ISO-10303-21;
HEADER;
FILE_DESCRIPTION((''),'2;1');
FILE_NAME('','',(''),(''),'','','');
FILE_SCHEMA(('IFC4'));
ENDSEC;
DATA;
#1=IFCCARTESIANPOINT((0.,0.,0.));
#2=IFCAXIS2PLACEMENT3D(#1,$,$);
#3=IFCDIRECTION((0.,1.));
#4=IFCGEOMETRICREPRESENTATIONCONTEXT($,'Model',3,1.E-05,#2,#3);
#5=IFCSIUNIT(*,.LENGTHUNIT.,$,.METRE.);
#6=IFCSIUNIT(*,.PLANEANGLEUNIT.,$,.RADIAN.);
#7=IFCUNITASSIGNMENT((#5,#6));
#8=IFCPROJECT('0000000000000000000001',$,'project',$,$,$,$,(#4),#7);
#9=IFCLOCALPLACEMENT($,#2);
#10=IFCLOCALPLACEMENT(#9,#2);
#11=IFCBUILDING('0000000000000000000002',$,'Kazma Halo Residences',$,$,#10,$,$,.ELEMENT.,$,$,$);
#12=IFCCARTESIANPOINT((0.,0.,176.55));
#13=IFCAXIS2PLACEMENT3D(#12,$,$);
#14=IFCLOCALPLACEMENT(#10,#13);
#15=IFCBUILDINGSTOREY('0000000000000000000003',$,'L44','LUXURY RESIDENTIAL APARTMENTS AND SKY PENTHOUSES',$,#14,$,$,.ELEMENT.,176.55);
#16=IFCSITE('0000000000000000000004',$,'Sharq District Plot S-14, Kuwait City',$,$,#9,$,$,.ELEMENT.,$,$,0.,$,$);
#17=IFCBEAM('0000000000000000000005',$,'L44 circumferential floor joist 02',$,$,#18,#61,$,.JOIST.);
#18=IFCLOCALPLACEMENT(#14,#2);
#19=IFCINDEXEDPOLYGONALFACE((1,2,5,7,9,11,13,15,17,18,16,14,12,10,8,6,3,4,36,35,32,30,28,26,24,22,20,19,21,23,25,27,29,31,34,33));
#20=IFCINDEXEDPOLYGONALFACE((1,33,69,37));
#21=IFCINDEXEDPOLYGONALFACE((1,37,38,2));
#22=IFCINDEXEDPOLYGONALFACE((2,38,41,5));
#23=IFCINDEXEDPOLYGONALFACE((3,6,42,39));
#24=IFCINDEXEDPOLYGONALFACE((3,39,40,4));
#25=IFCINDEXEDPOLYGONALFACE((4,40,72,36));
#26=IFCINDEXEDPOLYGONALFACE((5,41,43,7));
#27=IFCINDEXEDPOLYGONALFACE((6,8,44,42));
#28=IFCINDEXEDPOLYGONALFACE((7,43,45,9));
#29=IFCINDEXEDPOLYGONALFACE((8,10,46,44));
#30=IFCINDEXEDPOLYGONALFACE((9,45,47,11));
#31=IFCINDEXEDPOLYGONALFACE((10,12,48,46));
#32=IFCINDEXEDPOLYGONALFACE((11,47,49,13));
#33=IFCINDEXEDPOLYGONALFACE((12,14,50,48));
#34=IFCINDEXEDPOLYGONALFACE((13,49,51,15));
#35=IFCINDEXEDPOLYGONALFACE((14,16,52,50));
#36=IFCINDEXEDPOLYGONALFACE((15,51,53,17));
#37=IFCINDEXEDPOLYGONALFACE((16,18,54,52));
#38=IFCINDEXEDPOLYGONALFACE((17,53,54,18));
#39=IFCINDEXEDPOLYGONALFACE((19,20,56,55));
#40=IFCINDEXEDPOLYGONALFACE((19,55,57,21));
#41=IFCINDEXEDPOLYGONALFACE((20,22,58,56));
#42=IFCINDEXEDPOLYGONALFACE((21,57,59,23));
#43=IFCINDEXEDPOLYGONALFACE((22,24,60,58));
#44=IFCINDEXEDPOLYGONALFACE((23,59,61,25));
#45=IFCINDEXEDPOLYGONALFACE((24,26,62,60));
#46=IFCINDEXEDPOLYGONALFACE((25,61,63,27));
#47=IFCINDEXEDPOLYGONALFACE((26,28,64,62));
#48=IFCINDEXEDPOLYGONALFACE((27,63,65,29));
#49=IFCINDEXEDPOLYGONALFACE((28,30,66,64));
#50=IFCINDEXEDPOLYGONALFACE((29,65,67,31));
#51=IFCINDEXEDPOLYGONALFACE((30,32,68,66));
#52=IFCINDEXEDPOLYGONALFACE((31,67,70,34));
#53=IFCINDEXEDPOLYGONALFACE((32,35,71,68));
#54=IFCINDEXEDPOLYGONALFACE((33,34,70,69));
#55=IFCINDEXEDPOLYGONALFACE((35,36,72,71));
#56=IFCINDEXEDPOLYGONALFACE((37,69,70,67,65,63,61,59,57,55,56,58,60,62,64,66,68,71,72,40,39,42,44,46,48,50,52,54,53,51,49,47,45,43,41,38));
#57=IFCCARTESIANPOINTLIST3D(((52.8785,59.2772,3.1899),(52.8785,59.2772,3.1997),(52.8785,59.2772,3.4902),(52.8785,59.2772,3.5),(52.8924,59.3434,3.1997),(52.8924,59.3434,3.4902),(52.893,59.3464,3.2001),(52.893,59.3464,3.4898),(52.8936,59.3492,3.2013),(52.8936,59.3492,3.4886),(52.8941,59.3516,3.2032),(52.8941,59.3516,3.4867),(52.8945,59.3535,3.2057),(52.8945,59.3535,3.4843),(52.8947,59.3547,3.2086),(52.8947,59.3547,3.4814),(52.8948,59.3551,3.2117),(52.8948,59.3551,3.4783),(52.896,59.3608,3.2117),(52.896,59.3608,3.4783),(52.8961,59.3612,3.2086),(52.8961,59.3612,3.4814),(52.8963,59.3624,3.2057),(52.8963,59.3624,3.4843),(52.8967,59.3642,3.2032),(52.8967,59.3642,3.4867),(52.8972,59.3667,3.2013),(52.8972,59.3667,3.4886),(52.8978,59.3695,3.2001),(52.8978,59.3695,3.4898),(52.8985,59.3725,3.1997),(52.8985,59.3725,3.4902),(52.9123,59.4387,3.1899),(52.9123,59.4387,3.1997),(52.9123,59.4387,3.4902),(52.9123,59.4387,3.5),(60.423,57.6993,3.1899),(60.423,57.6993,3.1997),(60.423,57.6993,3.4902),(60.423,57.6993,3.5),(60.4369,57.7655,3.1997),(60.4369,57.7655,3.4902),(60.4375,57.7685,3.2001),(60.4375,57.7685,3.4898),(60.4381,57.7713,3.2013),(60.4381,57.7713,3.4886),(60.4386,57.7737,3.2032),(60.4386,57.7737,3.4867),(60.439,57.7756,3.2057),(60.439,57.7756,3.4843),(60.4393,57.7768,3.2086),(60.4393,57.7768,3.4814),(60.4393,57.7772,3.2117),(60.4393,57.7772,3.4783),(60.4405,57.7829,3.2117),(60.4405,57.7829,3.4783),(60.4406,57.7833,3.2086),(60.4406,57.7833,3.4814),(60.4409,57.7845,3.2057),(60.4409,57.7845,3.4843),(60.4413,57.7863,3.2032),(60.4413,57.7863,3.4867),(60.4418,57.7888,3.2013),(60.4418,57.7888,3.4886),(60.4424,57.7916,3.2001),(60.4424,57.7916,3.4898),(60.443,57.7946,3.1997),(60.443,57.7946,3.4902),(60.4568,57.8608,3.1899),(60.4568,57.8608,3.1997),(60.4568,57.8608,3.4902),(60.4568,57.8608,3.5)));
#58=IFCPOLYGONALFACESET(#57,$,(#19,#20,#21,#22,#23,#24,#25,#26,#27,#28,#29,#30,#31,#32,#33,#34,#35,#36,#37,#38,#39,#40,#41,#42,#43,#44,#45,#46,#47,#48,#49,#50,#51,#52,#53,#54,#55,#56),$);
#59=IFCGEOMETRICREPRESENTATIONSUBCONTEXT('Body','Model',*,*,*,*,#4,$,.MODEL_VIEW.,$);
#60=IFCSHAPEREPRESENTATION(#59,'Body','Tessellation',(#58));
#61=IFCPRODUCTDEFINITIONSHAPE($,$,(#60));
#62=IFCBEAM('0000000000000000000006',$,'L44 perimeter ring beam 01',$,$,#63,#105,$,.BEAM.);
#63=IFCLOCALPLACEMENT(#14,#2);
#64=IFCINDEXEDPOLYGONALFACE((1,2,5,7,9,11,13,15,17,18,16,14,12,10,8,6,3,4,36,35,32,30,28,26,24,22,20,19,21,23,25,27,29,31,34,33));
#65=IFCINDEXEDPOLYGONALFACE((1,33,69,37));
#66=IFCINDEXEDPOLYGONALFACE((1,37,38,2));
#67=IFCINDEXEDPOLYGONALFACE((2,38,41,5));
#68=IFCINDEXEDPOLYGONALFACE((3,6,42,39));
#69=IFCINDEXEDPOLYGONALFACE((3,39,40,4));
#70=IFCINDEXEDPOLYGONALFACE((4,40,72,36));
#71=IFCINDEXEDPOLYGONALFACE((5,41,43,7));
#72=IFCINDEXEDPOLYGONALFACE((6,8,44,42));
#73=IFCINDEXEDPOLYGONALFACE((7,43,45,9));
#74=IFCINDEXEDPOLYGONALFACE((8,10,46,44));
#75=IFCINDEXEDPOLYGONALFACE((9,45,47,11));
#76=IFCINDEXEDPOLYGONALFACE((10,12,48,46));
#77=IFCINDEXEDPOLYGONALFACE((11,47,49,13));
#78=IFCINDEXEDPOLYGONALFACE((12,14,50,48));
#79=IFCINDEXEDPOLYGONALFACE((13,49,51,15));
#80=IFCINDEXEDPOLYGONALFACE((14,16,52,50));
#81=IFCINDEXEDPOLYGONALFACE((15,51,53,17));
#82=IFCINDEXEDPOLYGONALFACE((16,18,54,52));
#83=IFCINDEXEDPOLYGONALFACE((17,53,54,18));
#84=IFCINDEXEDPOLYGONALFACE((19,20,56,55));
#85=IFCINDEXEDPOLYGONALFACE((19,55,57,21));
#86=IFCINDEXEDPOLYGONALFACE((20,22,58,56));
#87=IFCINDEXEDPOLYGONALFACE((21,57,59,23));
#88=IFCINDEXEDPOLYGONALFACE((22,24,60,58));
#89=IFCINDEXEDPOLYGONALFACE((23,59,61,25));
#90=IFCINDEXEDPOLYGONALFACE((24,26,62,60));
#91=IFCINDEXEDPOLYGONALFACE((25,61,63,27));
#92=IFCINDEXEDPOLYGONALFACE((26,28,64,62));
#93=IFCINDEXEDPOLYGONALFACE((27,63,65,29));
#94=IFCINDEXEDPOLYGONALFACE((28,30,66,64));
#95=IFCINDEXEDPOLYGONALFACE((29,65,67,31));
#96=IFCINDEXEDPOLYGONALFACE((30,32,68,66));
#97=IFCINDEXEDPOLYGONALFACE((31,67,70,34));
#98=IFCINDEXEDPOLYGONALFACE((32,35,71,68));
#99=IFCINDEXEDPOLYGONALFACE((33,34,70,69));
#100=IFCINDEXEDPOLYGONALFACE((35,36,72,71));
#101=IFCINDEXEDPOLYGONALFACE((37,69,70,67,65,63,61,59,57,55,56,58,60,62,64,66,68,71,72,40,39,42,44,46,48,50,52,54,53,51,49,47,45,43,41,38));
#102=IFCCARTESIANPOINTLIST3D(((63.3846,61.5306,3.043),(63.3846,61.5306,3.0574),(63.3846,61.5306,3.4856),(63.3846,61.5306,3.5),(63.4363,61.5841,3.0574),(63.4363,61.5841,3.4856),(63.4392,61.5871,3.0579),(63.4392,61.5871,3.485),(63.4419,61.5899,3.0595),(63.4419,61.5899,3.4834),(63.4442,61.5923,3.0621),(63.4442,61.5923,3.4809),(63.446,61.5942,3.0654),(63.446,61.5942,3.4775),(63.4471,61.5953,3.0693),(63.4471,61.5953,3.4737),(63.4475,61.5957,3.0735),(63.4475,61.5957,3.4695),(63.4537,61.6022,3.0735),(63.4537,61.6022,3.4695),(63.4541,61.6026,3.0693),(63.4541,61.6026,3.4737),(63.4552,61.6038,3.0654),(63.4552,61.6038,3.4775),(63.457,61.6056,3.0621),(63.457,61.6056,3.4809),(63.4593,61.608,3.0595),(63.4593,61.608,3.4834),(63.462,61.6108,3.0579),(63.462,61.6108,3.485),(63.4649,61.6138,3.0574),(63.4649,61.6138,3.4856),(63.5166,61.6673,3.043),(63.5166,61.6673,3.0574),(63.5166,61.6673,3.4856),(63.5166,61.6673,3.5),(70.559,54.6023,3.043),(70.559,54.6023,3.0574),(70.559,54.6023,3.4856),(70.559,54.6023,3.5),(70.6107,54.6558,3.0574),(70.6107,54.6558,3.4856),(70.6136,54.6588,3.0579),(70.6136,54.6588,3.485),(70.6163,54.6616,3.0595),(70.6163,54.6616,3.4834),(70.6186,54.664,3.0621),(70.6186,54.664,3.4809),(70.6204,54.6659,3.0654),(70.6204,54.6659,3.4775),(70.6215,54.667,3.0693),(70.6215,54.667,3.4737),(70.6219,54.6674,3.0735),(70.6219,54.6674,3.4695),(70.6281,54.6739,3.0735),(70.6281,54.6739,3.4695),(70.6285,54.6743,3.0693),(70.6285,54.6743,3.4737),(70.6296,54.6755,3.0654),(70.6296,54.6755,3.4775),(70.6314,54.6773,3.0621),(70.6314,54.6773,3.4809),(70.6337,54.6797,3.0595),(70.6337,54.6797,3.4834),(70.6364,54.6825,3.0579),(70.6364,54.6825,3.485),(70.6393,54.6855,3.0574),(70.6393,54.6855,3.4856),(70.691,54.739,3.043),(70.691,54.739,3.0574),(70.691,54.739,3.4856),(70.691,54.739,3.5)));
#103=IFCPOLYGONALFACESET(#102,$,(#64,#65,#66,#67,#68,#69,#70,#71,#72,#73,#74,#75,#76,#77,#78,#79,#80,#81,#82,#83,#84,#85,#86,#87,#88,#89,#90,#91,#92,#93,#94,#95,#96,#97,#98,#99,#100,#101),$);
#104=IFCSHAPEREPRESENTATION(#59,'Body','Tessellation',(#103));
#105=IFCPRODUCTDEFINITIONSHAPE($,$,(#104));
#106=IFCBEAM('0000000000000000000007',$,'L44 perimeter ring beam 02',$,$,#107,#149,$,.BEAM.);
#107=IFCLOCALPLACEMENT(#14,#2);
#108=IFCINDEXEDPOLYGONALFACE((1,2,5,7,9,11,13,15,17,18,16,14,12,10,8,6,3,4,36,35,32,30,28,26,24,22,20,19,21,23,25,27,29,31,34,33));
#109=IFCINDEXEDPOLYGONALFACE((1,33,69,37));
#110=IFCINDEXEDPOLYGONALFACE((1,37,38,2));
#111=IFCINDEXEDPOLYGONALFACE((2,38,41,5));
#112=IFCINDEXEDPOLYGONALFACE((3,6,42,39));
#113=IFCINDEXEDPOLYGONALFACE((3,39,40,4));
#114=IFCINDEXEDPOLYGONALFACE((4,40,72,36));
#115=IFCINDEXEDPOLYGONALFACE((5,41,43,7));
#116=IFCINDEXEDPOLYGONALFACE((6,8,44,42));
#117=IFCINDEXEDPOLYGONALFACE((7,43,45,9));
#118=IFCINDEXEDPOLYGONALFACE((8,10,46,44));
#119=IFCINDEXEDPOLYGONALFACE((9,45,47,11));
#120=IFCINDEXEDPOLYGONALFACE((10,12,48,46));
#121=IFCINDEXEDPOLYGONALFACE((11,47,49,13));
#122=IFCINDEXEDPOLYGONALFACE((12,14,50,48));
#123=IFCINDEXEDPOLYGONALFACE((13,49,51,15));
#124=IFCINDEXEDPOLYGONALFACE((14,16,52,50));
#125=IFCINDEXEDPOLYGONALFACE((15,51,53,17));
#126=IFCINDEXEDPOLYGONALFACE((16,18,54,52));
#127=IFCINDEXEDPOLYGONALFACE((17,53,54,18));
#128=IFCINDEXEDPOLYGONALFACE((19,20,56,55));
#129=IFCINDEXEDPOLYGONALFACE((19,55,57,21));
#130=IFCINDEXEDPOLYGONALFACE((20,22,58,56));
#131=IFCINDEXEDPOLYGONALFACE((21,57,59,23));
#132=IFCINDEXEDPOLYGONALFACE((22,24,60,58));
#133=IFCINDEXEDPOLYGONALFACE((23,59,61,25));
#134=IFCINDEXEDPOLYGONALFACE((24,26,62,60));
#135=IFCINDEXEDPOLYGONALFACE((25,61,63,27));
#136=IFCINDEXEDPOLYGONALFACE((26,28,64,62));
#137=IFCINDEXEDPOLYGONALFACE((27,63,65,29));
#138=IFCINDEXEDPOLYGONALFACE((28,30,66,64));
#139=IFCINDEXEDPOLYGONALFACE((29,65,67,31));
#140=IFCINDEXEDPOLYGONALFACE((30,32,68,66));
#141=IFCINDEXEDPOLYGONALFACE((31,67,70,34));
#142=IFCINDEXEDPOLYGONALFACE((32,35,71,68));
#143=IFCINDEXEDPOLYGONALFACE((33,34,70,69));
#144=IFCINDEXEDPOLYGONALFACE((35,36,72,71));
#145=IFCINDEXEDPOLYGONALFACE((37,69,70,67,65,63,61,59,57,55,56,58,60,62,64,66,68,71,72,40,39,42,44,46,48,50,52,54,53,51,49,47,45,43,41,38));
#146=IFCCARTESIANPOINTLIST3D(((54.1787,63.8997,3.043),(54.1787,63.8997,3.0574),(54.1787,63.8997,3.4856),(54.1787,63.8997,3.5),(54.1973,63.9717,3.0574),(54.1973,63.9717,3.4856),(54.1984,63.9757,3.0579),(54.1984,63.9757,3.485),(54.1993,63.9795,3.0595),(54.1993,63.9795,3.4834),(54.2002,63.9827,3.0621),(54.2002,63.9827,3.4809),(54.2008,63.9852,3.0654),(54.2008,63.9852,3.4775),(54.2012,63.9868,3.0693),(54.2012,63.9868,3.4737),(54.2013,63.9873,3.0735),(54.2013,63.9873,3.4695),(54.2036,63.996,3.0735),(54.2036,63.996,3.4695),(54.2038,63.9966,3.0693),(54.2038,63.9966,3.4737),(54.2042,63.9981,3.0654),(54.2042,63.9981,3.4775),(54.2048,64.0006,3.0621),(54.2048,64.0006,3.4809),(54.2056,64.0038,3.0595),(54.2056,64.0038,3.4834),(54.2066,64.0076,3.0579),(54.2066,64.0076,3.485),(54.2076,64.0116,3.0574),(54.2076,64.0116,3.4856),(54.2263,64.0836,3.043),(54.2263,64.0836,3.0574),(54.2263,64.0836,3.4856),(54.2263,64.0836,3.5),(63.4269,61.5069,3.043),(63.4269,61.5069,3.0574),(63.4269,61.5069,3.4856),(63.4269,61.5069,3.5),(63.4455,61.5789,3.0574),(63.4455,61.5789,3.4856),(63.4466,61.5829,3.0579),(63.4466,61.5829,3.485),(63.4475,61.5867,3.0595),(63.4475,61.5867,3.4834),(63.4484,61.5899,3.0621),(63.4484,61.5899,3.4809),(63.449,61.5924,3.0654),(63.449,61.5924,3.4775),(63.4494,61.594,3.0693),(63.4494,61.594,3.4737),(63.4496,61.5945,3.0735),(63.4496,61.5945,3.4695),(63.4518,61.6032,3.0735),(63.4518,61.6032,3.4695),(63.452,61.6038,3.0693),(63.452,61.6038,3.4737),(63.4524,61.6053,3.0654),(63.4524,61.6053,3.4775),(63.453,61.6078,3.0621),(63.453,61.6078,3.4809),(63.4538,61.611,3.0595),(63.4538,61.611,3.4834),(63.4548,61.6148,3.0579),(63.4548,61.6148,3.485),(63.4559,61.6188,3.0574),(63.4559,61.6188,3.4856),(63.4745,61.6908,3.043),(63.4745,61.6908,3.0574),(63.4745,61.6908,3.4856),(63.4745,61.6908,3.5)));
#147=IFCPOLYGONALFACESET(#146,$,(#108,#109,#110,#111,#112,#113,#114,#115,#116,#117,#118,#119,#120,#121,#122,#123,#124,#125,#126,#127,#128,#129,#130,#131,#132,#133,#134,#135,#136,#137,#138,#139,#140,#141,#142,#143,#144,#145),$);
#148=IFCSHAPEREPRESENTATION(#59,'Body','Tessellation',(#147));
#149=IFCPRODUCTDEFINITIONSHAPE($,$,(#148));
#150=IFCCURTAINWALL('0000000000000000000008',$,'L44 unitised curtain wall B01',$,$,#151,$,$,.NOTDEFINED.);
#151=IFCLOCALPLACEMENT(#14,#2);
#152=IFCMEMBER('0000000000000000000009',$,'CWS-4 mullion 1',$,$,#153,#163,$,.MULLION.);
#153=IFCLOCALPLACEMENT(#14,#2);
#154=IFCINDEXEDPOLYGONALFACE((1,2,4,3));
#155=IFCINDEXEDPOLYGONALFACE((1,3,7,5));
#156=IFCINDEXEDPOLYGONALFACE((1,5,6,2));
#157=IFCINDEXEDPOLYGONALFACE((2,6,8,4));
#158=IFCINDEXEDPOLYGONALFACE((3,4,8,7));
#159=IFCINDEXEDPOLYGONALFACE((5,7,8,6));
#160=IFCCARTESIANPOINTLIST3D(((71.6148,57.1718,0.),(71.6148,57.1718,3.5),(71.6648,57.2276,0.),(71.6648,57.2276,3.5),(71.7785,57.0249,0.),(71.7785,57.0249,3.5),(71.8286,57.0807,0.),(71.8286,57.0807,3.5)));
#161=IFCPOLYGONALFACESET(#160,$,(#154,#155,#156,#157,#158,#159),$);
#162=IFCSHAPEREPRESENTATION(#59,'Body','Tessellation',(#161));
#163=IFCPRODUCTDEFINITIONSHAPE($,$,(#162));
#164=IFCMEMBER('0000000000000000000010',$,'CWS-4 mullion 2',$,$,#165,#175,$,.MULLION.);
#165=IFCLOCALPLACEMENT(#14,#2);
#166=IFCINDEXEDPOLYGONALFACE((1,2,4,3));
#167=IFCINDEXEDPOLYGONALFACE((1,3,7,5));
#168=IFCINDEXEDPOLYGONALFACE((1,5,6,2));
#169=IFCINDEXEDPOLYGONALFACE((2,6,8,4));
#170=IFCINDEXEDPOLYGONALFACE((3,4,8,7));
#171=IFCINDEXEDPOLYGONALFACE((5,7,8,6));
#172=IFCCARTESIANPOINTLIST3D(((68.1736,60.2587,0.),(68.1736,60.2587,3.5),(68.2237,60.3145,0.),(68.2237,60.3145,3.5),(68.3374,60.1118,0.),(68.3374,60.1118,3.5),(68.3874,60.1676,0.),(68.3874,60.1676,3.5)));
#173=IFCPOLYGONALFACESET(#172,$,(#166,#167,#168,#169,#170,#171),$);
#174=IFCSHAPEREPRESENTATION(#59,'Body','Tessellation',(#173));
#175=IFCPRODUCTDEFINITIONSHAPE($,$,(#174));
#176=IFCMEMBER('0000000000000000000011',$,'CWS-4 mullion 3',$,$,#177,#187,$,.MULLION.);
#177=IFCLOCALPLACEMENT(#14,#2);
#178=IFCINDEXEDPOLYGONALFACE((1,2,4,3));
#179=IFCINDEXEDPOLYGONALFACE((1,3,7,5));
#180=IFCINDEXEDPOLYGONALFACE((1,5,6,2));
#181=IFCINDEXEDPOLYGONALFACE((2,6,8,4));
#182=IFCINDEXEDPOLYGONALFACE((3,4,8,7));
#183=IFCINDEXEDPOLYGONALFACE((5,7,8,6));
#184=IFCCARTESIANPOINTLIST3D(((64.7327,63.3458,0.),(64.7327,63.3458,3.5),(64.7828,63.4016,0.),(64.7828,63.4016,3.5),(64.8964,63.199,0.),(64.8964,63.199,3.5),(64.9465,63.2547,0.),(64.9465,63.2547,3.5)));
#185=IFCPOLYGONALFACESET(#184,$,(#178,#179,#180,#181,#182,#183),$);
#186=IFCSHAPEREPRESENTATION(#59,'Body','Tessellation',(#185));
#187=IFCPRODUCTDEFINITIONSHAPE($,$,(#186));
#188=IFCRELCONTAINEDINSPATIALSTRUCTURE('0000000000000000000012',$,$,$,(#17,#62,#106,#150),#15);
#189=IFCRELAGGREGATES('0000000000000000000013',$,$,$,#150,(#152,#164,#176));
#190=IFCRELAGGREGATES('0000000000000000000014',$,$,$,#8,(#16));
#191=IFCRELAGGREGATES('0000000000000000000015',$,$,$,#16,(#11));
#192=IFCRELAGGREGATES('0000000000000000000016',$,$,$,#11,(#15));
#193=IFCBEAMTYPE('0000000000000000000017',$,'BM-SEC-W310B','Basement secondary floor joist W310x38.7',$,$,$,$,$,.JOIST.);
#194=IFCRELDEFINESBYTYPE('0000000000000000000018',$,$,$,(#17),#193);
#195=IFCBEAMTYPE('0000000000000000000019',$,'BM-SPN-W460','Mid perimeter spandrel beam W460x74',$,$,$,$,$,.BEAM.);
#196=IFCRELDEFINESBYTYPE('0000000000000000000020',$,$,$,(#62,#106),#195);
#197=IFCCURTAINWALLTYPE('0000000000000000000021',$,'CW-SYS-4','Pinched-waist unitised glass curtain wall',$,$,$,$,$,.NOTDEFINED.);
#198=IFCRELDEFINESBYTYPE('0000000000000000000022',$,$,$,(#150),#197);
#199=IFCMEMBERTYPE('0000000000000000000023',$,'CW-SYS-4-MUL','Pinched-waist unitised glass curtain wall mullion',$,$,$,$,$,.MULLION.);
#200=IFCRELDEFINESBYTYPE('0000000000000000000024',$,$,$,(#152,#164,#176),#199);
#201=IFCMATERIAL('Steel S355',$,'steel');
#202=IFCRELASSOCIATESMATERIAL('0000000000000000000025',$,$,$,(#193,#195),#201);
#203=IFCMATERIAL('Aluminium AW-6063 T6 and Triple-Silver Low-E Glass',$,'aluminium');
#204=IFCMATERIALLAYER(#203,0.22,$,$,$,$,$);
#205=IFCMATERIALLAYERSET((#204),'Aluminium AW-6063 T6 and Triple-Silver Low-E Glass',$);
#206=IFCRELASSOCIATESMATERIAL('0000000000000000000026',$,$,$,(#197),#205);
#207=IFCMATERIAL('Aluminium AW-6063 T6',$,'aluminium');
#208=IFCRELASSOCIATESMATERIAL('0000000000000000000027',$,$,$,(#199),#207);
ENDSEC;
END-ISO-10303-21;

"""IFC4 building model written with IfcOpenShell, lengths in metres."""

from ifc_helpers import new_model, si_unit, direction, frame, origin, origin_2d, place, context, subcontext, project, spatial, rectangle, i_section, extrude, material, layer, layer_set, material_profile, profile_set, type_object, element, aggregate, save


model = new_model("IFC4")

# Units and contexts
model_context = context("Model", 3, precision=1e-05, world=origin(), true_north=direction((0.0, 1.0)))
body_context = subcontext(model_context, "Body", "Model", "MODEL_VIEW")
ifc_project = project(units=[si_unit("LENGTHUNIT", "METRE"), si_unit("PLANEANGLEUNIT", "RADIAN")], contexts=[model_context])

# Site, building, storey
site_placement = place(None, origin())
site = spatial("IfcSite", under=ifc_project, at=site_placement, Name="Sharq District Plot S-14, Kuwait City", CompositionType="ELEMENT", RefElevation=0.0)
building_placement = place(site_placement, origin())
building = spatial("IfcBuilding", under=site, at=building_placement, Name="Kazma Halo Residences", CompositionType="ELEMENT")
storey_placement = place(building_placement, frame((0.0, 0.0, 176.55)))
storey = spatial("IfcBuildingStorey", under=building, at=storey_placement, Name="L44", Description="LUXURY RESIDENTIAL APARTMENTS AND SKY PENTHOUSES", CompositionType="ELEMENT", Elevation=176.55)

# Beams
ifc_material_1 = material(Name="Steel S355", Category="steel")
ifc_material_profile_1 = material_profile(ifc_material_1, i_section(OverallWidth=0.165, OverallDepth=0.3101, WebThickness=0.0059, FlangeThickness=0.0098, FilletRadius=0.012, at=origin_2d()), Name="W310x38.7")
ifc_profile_set_1 = profile_set([ifc_material_profile_1], Name="Steel S355")
beam_type_1 = type_object("IfcBeamType", Name="BM-SEC-W310B", Description="Basement secondary floor joist W310x38.7", PredefinedType="JOIST", material=ifc_profile_set_1)
beam_1_placement = place(storey_placement, frame((60.4399, 57.78, 3.345), z_axis=(-0.978821, 0.204716, 0.0), x_axis=(-0.204716, -0.978821, 0.0)))
element("IfcBeam", 1, at=beam_1_placement, inside=storey, type_object=beam_type_1, Name="L44 circumferential floor joist 02", PredefinedType="JOIST", context=body_context, shape_type="SweptSolid", body=[
    extrude(i_section(OverallWidth=0.165, OverallDepth=0.3101, WebThickness=0.0059, FlangeThickness=0.0098, FilletRadius=0.012, at=origin_2d()), origin(), (0.0, 0.0, 1.0), 7.7078),
])
ifc_material_profile_2 = material_profile(ifc_material_1, i_section(OverallWidth=0.1899, OverallDepth=0.457, WebThickness=0.009, FlangeThickness=0.0144, FilletRadius=0.0161, at=origin_2d()), Name="W460x74")
ifc_profile_set_2 = profile_set([ifc_material_profile_2], Name="Steel S355")
beam_type_2 = type_object("IfcBeamType", Name="BM-SPN-W460", Description="Mid perimeter spandrel beam W460x74", PredefinedType="BEAM", material=ifc_profile_set_2)
beam_2_placement = place(storey_placement, frame((70.625, 54.6707, 3.2715), z_axis=(-0.719337, 0.694662, 0.0), x_axis=(-0.694662, -0.719337, 0.0)))
element("IfcBeam", 2, at=beam_2_placement, inside=storey, type_object=beam_type_2, Name="L44 perimeter ring beam 01", PredefinedType="BEAM", context=body_context, shape_type="SweptSolid", body=[
    extrude(i_section(OverallWidth=0.1899, OverallDepth=0.457, WebThickness=0.009, FlangeThickness=0.0144, FilletRadius=0.0161, at=origin_2d()), origin(), (0.0, 0.0, 1.0), 9.9736),
])
beam_3_placement = place(storey_placement, frame((63.4507, 61.5989, 3.2715), z_axis=(-0.968121, 0.250483, 0.0), x_axis=(-0.250483, -0.968121, 0.0)))
element("IfcBeam", 3, at=beam_3_placement, inside=storey, type_object=beam_type_2, Name="L44 perimeter ring beam 02", PredefinedType="BEAM", context=body_context, shape_type="SweptSolid", body=[
    extrude(i_section(OverallWidth=0.1899, OverallDepth=0.457, WebThickness=0.009, FlangeThickness=0.0144, FilletRadius=0.0161, at=origin_2d()), origin(), (0.0, 0.0, 1.0), 9.5527),
])

# Curtain wall, members
ifc_material_2 = material(Name="Aluminium AW-6063 T6 and Triple-Silver Low-E Glass", Category="aluminium")
ifc_layer_1 = layer(ifc_material_2, 0.22)
ifc_layer_set_1 = layer_set([ifc_layer_1], Name="Aluminium AW-6063 T6 and Triple-Silver Low-E Glass")
curtain_wall_type = type_object("IfcCurtainWallType", Name="CW-SYS-4", Description="Pinched-waist unitised glass curtain wall", PredefinedType="NOTDEFINED", material=ifc_layer_set_1)
curtain_wall_1_placement = place(storey_placement, origin())
curtain_wall_1 = element("IfcCurtainWall", 4, at=curtain_wall_1_placement, inside=storey, type_object=curtain_wall_type, Name="L44 unitised curtain wall B01", PredefinedType="NOTDEFINED")
ifc_material_3 = material(Name="Aluminium AW-6063 T6", Category="aluminium")
ifc_material_profile_3 = material_profile(ifc_material_3, rectangle(XDim=0.075, YDim=0.22, at=origin_2d()), Name="CWM-75x220")
ifc_profile_set_3 = profile_set([ifc_material_profile_3], Name="Aluminium AW-6063 T6")
member_type_1 = type_object("IfcMemberType", Name="CW-SYS-4-MUL", Description="Pinched-waist unitised glass curtain wall mullion", PredefinedType="MULLION", material=ifc_profile_set_3)
member_1_placement = place(storey_placement, frame((71.7217, 57.1262, 0.0), z_axis=(0.0, 0.0, 1.0), x_axis=(-0.667784, -0.744355, 0.0)))
member_1 = element("IfcMember", 5, at=member_1_placement, type_object=member_type_1, Name="CWS-4 mullion 1", PredefinedType="MULLION", context=body_context, shape_type="SweptSolid", body=[
    extrude(rectangle(XDim=0.075, YDim=0.22, at=origin_2d()), origin(), (0.0, 0.0, 1.0), 3.5),
])
member_2_placement = place(storey_placement, frame((68.2805, 60.2131, 0.0), z_axis=(0.0, 0.0, 1.0), x_axis=(-0.667784, -0.744355, 0.0)))
member_2 = element("IfcMember", 6, at=member_2_placement, type_object=member_type_1, Name="CWS-4 mullion 2", PredefinedType="MULLION", context=body_context, shape_type="SweptSolid", body=[
    extrude(rectangle(XDim=0.075, YDim=0.22, at=origin_2d()), origin(), (0.0, 0.0, 1.0), 3.5),
])
member_3_placement = place(storey_placement, frame((64.8396, 63.3003, 0.0), z_axis=(0.0, 0.0, 1.0), x_axis=(-0.667784, -0.744355, 0.0)))
member_3 = element("IfcMember", 7, at=member_3_placement, type_object=member_type_1, Name="CWS-4 mullion 3", PredefinedType="MULLION", context=body_context, shape_type="SweptSolid", body=[
    extrude(rectangle(XDim=0.075, YDim=0.22, at=origin_2d()), origin(), (0.0, 0.0, 1.0), 3.5),
])

aggregate(curtain_wall_1, [member_1, member_2, member_3])

save(model, "model.ifc")
